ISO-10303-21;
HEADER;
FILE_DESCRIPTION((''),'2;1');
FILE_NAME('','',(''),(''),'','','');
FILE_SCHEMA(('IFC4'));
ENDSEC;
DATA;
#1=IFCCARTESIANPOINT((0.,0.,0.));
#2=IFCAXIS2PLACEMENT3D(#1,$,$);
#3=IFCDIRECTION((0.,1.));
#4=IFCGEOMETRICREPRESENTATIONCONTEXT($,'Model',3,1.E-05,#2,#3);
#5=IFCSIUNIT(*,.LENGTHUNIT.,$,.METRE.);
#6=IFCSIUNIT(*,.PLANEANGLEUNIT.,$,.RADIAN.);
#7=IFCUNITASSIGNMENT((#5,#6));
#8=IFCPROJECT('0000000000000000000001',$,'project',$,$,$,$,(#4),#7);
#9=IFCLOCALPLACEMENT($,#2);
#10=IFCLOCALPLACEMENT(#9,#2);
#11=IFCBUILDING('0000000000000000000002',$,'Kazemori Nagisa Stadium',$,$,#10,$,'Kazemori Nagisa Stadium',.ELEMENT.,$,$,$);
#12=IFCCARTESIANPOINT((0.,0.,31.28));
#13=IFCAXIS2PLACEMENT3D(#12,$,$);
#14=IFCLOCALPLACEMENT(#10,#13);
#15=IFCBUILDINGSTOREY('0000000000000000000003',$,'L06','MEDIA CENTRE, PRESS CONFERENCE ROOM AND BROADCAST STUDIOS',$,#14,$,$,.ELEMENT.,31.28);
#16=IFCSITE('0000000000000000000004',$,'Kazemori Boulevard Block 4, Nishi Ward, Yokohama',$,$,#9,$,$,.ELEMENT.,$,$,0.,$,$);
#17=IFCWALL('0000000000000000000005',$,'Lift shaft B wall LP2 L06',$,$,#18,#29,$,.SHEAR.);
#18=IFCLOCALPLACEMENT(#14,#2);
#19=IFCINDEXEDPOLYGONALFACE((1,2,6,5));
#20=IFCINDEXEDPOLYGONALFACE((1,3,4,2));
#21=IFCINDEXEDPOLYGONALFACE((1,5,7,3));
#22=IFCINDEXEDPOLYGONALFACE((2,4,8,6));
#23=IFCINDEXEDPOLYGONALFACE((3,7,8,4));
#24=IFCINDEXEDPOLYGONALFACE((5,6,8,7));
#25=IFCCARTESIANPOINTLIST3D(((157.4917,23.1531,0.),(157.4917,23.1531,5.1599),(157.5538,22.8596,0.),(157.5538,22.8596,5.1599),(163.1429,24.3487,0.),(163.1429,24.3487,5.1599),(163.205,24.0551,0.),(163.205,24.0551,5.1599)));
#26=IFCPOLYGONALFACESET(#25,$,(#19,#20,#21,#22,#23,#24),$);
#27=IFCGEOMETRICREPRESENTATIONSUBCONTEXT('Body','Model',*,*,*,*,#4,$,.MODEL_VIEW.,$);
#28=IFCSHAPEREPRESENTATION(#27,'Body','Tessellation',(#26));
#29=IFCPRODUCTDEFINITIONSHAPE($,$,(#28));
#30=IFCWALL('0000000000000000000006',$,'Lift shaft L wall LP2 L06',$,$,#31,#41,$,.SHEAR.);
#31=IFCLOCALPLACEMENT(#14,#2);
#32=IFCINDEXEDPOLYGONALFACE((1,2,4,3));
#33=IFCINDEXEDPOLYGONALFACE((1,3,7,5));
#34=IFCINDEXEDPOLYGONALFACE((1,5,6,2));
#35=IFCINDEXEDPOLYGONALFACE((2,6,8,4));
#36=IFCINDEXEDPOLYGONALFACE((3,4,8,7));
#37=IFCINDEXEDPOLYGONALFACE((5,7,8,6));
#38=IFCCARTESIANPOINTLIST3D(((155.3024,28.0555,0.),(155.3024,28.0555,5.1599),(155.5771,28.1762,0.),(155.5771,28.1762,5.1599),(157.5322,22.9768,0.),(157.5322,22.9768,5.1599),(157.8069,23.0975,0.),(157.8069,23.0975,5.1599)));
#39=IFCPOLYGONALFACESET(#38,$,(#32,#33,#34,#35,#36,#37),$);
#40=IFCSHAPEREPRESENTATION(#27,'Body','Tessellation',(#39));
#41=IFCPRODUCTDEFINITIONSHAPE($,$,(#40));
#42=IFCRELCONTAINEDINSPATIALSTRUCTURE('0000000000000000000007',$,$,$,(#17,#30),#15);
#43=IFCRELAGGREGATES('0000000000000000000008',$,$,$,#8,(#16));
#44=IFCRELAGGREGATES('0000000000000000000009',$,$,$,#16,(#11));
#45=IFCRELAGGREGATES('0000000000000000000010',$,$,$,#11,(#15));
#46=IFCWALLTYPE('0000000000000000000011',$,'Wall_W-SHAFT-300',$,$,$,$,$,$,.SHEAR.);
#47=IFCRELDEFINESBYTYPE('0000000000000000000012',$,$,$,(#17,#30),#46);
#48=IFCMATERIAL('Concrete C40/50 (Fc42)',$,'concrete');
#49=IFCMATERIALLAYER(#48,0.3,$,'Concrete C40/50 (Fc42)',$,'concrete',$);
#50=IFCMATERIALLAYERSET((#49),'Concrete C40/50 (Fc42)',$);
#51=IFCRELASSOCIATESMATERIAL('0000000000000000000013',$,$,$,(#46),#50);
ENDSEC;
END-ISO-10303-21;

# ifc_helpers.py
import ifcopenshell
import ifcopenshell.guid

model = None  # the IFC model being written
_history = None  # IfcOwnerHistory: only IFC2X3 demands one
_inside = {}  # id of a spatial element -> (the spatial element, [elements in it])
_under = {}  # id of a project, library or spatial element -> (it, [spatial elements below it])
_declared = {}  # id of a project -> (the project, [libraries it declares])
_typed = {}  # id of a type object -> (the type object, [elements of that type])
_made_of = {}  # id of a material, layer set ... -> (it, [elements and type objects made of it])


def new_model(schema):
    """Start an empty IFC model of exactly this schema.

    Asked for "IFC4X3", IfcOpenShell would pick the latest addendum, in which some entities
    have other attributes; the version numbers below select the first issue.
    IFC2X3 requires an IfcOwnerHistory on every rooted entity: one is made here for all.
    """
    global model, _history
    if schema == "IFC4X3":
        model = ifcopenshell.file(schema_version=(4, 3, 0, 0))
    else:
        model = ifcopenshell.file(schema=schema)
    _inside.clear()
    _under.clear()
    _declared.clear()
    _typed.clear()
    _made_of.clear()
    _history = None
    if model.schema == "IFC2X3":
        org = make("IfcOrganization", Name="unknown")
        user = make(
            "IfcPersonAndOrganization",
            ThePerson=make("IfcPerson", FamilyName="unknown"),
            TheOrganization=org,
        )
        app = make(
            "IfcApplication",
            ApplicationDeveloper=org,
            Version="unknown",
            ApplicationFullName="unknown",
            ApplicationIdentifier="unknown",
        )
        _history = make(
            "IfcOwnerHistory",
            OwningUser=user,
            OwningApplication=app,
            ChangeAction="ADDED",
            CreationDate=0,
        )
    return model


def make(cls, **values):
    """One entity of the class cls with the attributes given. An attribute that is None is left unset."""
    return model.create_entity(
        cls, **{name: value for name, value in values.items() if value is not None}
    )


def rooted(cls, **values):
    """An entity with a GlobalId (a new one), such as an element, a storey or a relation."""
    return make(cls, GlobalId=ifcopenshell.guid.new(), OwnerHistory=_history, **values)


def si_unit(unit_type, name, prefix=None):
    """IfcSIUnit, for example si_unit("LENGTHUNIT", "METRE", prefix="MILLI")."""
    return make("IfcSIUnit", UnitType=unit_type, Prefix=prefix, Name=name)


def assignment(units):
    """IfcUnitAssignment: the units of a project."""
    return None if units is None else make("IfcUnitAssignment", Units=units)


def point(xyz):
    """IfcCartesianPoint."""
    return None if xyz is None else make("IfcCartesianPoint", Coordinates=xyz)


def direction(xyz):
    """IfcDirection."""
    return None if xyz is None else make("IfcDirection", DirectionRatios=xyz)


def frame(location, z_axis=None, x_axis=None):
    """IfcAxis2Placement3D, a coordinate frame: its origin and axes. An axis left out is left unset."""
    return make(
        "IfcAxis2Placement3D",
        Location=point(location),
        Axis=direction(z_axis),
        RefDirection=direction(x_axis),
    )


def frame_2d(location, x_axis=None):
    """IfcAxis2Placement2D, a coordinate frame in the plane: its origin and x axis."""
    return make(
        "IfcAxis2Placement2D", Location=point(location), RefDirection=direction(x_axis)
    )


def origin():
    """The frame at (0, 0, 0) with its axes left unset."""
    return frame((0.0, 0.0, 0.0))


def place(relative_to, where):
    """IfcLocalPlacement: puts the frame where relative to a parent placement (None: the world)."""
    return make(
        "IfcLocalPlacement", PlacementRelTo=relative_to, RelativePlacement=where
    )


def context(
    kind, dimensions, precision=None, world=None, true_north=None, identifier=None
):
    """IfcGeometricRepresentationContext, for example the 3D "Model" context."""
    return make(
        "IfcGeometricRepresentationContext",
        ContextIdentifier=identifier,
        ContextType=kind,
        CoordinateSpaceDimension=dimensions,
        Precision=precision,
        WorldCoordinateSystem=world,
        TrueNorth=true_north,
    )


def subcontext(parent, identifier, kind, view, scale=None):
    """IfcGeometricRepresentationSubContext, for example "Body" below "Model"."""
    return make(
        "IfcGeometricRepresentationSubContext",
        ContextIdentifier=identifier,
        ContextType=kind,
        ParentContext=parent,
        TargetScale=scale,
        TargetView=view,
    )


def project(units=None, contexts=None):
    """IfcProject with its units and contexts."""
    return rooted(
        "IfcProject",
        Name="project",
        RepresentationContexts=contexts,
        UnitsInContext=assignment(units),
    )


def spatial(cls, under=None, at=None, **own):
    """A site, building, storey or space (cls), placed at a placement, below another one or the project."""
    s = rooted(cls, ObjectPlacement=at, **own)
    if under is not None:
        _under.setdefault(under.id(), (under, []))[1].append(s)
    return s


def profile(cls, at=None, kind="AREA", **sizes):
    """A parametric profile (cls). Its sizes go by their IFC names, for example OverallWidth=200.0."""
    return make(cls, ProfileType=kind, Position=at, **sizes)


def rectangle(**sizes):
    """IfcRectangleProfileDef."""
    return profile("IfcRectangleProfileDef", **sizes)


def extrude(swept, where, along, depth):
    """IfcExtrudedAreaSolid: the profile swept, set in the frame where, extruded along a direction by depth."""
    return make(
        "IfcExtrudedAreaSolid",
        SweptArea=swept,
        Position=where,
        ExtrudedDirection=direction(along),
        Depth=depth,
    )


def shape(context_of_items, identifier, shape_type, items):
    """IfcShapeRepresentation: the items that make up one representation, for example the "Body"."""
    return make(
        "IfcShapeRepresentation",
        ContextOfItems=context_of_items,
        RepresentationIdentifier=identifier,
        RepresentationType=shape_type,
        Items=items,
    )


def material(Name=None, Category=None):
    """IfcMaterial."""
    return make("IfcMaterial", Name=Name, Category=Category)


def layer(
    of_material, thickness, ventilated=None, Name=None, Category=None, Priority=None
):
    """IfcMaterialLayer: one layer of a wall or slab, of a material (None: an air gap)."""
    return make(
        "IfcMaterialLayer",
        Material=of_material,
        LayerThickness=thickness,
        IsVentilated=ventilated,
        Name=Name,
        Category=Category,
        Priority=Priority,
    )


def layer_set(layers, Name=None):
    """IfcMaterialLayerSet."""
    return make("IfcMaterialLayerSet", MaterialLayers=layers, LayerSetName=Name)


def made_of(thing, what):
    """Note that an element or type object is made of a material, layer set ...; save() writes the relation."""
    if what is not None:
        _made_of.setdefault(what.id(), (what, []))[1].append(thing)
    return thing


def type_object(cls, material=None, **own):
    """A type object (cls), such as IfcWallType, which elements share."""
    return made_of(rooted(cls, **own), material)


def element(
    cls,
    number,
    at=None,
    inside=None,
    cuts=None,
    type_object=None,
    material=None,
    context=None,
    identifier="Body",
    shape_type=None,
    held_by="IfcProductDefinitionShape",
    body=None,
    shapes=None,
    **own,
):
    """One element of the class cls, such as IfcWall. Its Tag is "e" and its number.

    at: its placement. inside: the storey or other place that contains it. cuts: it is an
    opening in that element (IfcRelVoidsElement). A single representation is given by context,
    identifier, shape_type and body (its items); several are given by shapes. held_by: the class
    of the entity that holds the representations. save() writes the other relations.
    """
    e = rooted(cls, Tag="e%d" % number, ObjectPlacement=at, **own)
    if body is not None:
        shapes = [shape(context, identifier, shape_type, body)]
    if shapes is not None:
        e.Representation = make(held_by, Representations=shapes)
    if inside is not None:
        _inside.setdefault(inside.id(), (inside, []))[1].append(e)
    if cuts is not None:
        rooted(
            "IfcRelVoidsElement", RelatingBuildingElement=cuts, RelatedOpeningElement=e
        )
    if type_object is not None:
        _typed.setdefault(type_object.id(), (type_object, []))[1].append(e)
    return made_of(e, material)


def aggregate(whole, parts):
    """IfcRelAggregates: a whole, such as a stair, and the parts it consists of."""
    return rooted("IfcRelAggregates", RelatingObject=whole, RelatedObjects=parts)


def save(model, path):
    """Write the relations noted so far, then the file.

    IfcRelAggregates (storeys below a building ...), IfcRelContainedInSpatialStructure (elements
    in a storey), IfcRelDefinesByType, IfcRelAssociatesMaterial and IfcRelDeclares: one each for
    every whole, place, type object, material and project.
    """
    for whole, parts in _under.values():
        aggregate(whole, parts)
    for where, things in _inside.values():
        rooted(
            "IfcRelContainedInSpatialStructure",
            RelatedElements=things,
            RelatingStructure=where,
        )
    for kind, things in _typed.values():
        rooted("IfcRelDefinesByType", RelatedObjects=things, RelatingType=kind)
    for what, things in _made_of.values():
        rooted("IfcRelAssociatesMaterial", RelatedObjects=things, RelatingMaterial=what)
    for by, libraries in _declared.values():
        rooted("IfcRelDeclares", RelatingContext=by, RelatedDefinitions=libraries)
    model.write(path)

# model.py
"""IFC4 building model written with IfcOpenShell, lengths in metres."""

from ifc_helpers import new_model, si_unit, direction, frame, frame_2d, origin, place, context, subcontext, project, spatial, rectangle, extrude, material, layer, layer_set, type_object, element, save


model = new_model("IFC4")

# Units and contexts
model_context = context("Model", 3, precision=1e-05, world=origin(), true_north=direction((0.0, 1.0)))
body_context = subcontext(model_context, "Body", "Model", "MODEL_VIEW")
ifc_project = project(units=[si_unit("LENGTHUNIT", "METRE"), si_unit("PLANEANGLEUNIT", "RADIAN")], contexts=[model_context])

# Site, building, storey
site_placement = place(None, origin())
site = spatial("IfcSite", under=ifc_project, at=site_placement, Name="Kazemori Boulevard Block 4, Nishi Ward, Yokohama", CompositionType="ELEMENT", RefElevation=0.0)
building_placement = place(site_placement, origin())
building = spatial("IfcBuilding", under=site, at=building_placement, Name="Kazemori Nagisa Stadium", LongName="Kazemori Nagisa Stadium", CompositionType="ELEMENT")
storey_placement = place(building_placement, frame((0.0, 0.0, 31.28)))
storey = spatial("IfcBuildingStorey", under=building, at=storey_placement, Name="L06", Description="MEDIA CENTRE, PRESS CONFERENCE ROOM AND BROADCAST STUDIOS", CompositionType="ELEMENT", Elevation=31.28)

# Shared definitions
ifc_material_1 = material(Name="Concrete C40/50 (Fc42)", Category="concrete")

# Shared definitions
ifc_layer_1 = layer(ifc_material_1, 0.3, Name="Concrete C40/50 (Fc42)", Category="concrete")
ifc_layer_set_1 = layer_set([ifc_layer_1], Name="Concrete C40/50 (Fc42)")
wall_type_1 = type_object("IfcWallType", Name="Wall_W-SHAFT-300", PredefinedType="SHEAR", material=ifc_layer_set_1)

# Walls
wall_1_placement = place(storey_placement, frame((157.5227, 23.0063, 0.0), z_axis=(0.0, 0.0, 1.0), x_axis=(0.978347, 0.206971, 0.0)))
element("IfcWall", 1, at=wall_1_placement, inside=storey, type_object=wall_type_1, Name="Lift shaft B wall LP2 L06", PredefinedType="SHEAR", context=body_context, shape_type="SweptSolid", body=[
    extrude(rectangle(XDim=5.7764, YDim=0.3, at=frame_2d((2.8882, 0.0))), origin(), (0.0, 0.0, 1.0), 5.1599),
])
wall_2_placement = place(storey_placement, frame((155.4397, 28.116, 0.0), z_axis=(0.0, 0.0, 1.0), x_axis=(0.402005, -0.915637, 0.0)))
element("IfcWall", 2, at=wall_2_placement, inside=storey, type_object=wall_type_1, Name="Lift shaft L wall LP2 L06", PredefinedType="SHEAR", context=body_context, shape_type="SweptSolid", body=[
    extrude(rectangle(XDim=5.5466, YDim=0.3, at=frame_2d((2.7734, 0.0))), origin(), (0.0, 0.0, 1.0), 5.1599),
])

save(model, "model.ifc")
